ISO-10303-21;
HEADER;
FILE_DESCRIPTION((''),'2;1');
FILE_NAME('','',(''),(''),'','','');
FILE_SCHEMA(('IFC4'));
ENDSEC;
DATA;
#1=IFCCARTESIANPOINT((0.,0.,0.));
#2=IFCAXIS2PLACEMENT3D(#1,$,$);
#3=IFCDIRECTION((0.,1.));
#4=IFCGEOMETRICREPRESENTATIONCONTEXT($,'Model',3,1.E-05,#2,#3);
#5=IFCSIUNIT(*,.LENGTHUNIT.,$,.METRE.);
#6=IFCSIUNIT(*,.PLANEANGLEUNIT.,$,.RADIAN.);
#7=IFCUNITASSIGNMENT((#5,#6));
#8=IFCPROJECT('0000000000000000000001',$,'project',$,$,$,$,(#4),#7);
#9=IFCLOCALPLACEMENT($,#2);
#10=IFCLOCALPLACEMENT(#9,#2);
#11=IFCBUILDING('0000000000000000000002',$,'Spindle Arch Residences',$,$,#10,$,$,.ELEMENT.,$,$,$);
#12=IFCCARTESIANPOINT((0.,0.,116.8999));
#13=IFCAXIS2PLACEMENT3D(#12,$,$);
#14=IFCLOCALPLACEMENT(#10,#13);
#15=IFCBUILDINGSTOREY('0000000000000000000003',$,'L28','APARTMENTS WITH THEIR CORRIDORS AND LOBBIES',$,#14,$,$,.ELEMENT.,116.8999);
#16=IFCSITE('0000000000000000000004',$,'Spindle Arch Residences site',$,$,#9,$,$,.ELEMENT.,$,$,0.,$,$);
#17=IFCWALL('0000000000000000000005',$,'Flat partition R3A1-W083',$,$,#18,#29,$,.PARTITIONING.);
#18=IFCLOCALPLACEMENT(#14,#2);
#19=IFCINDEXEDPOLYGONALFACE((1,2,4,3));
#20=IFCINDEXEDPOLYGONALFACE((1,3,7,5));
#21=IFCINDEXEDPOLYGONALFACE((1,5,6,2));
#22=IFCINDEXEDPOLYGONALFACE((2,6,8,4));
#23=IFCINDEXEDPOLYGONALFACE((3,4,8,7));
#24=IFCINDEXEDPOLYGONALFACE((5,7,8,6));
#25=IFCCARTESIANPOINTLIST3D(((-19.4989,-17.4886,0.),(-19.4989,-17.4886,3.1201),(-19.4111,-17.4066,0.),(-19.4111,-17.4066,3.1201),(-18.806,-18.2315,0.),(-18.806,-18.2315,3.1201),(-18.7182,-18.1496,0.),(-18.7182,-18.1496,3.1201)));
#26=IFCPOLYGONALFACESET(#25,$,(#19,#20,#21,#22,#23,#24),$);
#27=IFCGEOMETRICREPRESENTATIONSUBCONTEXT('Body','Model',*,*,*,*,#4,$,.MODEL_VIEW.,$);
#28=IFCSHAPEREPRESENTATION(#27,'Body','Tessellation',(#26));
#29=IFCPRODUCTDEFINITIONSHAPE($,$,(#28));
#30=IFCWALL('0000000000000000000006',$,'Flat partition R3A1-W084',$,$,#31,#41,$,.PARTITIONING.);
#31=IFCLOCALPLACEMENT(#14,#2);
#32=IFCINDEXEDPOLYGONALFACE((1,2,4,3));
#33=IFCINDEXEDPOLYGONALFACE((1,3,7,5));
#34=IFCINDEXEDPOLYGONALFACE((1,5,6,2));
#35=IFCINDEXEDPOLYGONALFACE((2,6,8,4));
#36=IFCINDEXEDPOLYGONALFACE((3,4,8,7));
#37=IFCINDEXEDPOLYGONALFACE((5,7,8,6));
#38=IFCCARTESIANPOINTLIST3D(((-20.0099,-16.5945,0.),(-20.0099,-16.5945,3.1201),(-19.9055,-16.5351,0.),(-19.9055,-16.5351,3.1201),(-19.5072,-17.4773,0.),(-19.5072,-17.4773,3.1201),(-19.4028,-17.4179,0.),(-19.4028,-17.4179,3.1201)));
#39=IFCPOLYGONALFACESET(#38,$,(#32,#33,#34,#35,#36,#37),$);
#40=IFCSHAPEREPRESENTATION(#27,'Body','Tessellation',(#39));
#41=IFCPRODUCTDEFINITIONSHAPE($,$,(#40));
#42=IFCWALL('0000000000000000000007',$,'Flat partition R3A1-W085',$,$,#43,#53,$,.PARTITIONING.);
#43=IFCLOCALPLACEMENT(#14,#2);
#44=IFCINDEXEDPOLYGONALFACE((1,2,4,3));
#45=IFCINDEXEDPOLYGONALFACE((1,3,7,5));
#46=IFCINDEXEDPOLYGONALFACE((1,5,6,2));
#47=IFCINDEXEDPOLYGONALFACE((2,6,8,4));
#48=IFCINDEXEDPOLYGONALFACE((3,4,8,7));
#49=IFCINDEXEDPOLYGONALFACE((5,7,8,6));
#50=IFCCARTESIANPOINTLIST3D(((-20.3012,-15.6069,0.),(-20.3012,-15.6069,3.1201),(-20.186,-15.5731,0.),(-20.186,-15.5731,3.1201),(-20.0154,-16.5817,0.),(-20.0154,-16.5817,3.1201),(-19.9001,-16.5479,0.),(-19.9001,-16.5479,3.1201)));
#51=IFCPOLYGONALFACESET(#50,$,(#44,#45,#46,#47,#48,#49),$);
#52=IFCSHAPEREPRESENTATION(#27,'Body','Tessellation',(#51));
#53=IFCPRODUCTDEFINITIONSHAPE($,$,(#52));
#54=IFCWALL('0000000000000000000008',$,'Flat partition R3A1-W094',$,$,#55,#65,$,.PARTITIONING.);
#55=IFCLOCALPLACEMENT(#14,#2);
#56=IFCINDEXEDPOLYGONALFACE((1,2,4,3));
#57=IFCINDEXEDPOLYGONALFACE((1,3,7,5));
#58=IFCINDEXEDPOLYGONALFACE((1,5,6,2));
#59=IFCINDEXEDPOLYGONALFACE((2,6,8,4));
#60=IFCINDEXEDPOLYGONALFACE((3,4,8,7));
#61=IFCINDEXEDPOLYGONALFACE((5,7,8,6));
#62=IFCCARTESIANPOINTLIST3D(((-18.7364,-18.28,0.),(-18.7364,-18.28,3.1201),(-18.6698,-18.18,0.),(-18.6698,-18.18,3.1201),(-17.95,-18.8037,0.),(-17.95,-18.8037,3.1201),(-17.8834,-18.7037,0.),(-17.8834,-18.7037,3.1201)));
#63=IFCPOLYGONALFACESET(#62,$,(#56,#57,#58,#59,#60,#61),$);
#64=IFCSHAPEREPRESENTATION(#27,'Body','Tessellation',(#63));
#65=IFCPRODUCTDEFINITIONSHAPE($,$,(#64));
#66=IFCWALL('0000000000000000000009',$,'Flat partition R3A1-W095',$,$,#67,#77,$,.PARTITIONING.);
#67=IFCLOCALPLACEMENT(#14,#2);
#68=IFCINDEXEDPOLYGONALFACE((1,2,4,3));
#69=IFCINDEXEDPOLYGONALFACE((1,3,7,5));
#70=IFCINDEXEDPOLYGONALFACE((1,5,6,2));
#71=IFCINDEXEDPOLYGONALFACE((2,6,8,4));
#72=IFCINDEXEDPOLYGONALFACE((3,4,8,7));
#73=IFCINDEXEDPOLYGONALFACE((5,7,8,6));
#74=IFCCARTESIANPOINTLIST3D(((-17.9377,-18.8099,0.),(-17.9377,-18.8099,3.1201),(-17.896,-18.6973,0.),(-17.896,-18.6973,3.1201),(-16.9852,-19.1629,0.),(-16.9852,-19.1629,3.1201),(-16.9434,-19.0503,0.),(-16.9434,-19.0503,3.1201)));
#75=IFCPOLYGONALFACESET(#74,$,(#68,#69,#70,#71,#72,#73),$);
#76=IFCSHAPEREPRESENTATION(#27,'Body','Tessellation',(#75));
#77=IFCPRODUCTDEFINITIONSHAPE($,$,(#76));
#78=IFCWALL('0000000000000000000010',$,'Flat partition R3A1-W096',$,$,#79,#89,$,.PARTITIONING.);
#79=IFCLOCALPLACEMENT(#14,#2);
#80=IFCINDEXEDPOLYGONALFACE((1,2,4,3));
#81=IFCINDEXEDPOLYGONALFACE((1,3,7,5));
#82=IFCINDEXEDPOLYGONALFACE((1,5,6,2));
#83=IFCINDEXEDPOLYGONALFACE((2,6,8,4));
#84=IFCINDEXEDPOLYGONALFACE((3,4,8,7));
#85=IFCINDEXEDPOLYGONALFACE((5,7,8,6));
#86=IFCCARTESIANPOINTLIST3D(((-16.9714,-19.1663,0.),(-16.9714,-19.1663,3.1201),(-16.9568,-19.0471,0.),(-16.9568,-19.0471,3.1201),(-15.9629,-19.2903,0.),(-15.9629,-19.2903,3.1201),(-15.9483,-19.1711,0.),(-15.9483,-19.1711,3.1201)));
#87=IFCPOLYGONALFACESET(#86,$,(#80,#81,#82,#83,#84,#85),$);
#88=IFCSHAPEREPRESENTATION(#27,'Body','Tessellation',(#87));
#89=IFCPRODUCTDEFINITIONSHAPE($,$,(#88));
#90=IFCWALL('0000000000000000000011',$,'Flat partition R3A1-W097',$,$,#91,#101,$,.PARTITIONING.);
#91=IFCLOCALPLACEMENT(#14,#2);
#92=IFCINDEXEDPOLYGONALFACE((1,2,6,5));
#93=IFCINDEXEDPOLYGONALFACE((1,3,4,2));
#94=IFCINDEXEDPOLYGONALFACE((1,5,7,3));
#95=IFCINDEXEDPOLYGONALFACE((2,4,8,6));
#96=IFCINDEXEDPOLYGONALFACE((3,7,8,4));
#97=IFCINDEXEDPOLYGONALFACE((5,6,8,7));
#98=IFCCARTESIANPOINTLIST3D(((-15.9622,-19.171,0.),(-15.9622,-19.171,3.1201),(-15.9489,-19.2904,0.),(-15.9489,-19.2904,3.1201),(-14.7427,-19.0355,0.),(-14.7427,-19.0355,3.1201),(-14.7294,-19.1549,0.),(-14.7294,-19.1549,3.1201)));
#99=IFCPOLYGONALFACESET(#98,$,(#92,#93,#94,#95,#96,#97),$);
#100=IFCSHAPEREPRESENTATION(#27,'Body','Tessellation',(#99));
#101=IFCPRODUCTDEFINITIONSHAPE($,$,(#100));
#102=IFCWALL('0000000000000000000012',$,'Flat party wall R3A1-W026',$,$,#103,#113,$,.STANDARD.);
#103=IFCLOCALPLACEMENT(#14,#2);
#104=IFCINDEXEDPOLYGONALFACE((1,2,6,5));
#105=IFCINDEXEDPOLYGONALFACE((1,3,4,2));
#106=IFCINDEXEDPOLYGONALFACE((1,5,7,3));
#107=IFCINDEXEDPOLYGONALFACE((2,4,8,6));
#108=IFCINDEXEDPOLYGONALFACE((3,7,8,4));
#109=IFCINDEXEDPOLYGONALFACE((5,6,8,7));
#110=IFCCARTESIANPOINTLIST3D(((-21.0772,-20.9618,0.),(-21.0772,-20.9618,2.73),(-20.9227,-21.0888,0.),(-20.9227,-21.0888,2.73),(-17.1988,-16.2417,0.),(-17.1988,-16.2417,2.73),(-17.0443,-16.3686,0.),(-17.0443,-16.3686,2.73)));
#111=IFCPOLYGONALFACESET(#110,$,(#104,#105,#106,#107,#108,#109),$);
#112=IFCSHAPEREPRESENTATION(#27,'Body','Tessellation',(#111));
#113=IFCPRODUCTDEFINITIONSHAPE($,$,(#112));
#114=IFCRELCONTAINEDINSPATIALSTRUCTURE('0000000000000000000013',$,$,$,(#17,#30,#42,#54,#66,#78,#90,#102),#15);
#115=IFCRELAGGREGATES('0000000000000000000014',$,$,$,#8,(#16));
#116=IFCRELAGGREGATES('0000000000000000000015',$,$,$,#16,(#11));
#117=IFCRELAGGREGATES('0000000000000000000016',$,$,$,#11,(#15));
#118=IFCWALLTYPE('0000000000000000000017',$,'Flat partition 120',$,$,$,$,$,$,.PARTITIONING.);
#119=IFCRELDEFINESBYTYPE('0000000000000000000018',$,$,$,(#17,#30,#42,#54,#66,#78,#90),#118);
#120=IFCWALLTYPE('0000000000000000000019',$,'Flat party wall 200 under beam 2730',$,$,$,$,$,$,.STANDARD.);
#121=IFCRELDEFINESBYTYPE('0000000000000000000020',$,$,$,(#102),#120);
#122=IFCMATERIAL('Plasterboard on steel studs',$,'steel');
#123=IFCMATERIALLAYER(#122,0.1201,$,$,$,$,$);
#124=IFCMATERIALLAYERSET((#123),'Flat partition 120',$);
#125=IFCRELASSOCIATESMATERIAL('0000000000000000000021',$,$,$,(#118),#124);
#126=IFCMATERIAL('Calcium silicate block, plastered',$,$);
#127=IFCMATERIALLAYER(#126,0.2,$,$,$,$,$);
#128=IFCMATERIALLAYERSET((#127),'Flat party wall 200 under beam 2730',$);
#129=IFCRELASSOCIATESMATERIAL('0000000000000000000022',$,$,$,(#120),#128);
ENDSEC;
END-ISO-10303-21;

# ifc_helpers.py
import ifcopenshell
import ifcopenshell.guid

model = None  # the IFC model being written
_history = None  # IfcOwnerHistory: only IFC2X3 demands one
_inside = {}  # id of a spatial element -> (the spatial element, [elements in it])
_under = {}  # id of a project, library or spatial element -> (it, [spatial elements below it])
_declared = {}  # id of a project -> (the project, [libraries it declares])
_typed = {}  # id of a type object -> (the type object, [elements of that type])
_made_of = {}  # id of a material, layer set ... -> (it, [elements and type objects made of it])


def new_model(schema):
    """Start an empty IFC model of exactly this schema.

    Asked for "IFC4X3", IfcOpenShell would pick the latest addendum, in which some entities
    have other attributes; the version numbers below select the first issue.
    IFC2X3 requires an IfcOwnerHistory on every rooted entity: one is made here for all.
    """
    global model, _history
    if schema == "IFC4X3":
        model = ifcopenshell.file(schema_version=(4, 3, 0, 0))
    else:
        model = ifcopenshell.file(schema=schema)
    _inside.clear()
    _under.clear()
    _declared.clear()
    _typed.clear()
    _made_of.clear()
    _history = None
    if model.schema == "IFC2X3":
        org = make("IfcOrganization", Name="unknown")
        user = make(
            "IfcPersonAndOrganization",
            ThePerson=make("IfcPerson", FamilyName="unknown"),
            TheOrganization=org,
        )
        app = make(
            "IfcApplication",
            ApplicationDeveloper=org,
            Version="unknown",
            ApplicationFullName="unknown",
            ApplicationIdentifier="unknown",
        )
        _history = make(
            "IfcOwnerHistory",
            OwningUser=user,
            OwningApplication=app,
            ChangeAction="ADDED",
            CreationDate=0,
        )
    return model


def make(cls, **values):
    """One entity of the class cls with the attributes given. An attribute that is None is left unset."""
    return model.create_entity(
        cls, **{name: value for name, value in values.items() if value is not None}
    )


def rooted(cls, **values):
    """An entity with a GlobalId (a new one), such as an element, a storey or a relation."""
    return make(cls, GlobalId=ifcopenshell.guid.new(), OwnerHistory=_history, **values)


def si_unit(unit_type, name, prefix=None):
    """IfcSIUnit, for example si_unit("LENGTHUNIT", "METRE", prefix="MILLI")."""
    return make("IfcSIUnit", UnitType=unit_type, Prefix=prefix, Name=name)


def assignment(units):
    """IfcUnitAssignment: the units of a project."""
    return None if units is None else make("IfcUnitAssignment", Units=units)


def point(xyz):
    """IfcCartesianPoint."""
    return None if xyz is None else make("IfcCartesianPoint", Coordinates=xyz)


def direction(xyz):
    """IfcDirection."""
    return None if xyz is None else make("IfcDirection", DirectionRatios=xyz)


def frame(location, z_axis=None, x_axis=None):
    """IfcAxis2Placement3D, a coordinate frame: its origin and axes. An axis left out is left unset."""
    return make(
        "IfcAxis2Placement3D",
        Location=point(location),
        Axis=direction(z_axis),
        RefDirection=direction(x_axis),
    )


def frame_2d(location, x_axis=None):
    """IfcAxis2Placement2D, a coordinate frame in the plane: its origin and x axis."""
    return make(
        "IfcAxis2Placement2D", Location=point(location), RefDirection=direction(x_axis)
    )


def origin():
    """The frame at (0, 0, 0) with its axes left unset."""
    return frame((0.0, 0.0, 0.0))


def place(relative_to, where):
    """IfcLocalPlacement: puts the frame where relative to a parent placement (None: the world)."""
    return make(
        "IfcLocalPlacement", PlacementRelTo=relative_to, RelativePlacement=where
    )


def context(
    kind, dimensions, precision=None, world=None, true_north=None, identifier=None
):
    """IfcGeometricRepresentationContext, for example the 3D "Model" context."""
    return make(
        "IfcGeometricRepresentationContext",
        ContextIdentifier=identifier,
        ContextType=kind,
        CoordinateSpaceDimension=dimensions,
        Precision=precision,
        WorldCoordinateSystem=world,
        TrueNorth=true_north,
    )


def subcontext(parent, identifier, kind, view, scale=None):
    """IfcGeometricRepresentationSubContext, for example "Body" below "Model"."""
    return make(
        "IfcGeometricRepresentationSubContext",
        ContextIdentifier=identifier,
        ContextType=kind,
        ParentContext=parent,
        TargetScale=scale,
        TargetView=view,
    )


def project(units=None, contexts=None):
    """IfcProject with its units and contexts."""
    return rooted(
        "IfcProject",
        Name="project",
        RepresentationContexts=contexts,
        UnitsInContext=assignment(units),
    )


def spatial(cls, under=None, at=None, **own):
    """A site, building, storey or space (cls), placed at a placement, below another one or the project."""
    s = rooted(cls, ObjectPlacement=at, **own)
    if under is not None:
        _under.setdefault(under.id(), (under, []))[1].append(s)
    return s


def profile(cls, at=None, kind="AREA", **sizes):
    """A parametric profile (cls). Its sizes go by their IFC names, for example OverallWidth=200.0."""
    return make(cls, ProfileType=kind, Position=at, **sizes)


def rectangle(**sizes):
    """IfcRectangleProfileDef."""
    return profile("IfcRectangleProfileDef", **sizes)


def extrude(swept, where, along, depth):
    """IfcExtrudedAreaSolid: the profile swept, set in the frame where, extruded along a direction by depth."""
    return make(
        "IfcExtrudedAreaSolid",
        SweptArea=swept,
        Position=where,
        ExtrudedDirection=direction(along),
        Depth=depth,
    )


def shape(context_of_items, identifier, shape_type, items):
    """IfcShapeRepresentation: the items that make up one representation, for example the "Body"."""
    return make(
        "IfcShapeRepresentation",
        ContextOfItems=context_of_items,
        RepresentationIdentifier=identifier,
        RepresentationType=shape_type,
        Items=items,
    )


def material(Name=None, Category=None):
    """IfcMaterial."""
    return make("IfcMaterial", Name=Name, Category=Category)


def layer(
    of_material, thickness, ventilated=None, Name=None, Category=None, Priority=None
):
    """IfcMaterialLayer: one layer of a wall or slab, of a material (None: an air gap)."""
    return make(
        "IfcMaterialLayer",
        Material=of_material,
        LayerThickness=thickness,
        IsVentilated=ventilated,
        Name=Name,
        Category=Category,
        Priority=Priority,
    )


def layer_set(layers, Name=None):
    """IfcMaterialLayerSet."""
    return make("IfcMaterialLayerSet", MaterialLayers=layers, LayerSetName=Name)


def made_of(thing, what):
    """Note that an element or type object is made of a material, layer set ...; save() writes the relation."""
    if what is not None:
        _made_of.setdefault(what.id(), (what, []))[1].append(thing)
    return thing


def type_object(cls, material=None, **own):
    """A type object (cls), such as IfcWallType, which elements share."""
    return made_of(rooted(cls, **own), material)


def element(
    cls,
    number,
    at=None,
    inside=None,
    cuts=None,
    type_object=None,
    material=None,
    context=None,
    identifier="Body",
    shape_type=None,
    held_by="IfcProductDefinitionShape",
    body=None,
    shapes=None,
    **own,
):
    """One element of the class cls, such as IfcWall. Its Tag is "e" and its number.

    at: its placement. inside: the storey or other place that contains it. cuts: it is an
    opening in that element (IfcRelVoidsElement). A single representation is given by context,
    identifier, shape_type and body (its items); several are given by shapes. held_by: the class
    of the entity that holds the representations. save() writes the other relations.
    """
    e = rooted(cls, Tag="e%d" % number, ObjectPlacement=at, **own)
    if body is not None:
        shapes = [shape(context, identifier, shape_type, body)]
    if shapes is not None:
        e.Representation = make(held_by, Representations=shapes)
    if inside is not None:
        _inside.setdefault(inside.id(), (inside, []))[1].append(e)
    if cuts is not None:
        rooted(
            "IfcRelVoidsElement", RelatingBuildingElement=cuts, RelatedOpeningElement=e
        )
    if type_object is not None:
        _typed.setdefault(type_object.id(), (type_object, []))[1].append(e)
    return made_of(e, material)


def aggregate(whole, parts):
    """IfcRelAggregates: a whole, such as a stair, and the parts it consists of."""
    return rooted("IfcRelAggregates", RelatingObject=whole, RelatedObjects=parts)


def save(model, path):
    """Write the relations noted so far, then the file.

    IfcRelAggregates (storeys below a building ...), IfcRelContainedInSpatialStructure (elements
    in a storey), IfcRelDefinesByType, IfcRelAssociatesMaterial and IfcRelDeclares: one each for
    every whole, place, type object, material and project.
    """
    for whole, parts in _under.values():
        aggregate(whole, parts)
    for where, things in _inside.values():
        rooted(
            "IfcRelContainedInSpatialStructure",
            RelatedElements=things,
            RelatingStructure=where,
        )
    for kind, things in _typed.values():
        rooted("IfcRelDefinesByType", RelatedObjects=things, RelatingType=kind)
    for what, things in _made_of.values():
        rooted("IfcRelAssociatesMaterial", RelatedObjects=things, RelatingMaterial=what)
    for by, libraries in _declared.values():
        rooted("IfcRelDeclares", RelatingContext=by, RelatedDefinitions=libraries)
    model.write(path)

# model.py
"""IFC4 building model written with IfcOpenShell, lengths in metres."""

from ifc_helpers import new_model, si_unit, direction, frame, frame_2d, origin, place, context, subcontext, project, spatial, rectangle, extrude, material, layer, layer_set, type_object, element, save


model = new_model("IFC4")

# Units and contexts
model_context = context("Model", 3, precision=1e-05, world=origin(), true_north=direction((0.0, 1.0)))
body_context = subcontext(model_context, "Body", "Model", "MODEL_VIEW")
ifc_project = project(units=[si_unit("LENGTHUNIT", "METRE"), si_unit("PLANEANGLEUNIT", "RADIAN")], contexts=[model_context])

# Site, building, storey
site_placement = place(None, origin())
site = spatial("IfcSite", under=ifc_project, at=site_placement, Name="Spindle Arch Residences site", CompositionType="ELEMENT", RefElevation=0.0)
building_placement = place(site_placement, origin())
building = spatial("IfcBuilding", under=site, at=building_placement, Name="Spindle Arch Residences", CompositionType="ELEMENT")
storey_placement = place(building_placement, frame((0.0, 0.0, 116.8999)))
storey = spatial("IfcBuildingStorey", under=building, at=storey_placement, Name="L28", Description="APARTMENTS WITH THEIR CORRIDORS AND LOBBIES", CompositionType="ELEMENT", Elevation=116.8999)

# Walls
ifc_material_1 = material(Name="Plasterboard on steel studs", Category="steel")
ifc_layer_1 = layer(ifc_material_1, 0.1201)
ifc_layer_set_1 = layer_set([ifc_layer_1], Name="Flat partition 120")
wall_type_1 = type_object("IfcWallType", Name="Flat partition 120", PredefinedType="PARTITIONING", material=ifc_layer_set_1)
for number, where, z_axis, x_axis, name in (
    (1, (-18.7622, -18.1904, 0.0), (0.0, 0.0, 1.0), (-0.682044, 0.731311, 0.0), "Flat partition R3A1-W083"),
    (2, (-19.4551, -17.4475, 0.0), (0.0, 0.0, 1.0), (-0.494818, 0.868996, 0.0), "Flat partition R3A1-W084"),
    (3, (-19.9578, -16.5647, 0.0), (0.0, 0.0, 1.0), (-0.281412, 0.959587, 0.0), "Flat partition R3A1-W085"),
):
    element("IfcWall", number, at=place(storey_placement, frame(where, z_axis=z_axis, x_axis=x_axis)), inside=storey, type_object=wall_type_1, Name=name, PredefinedType="PARTITIONING", context=body_context, shape_type="SweptSolid", body=[
        extrude(rectangle(XDim=1.0159, YDim=0.1201, at=frame_2d((0.5078, 0.0))), origin(), (0.0, 0.0, 1.0), 3.1201),
    ])
wall_1_placement = place(storey_placement, frame((-18.7031, -18.23, 0.0), z_axis=(0.0, 0.0, 1.0), x_axis=(0.832328, -0.554283, 0.0)))
element("IfcWall", 4, at=wall_1_placement, inside=storey, type_object=wall_type_1, Name="Flat partition R3A1-W094", PredefinedType="PARTITIONING", context=body_context, shape_type="SweptSolid", body=[
    extrude(rectangle(XDim=0.9448, YDim=0.1201, at=frame_2d((0.4724, 0.0))), origin(), (0.0, 0.0, 1.0), 3.1201),
])
wall_2_placement = place(storey_placement, frame((-17.9167, -18.7537, 0.0), z_axis=(0.0, 0.0, 1.0), x_axis=(0.937685, -0.347487, 0.0)))
element("IfcWall", 5, at=wall_2_placement, inside=storey, type_object=wall_type_1, Name="Flat partition R3A1-W095", PredefinedType="PARTITIONING", context=body_context, shape_type="SweptSolid", body=[
    extrude(rectangle(XDim=1.0159, YDim=0.1201, at=frame_2d((0.5078, 0.0))), origin(), (0.0, 0.0, 1.0), 3.1201),
])
wall_3_placement = place(storey_placement, frame((-16.9641, -19.1067, 0.0), z_axis=(0.0, 0.0, 1.0), x_axis=(0.992524, -0.122053, 0.0)))
element("IfcWall", 6, at=wall_3_placement, inside=storey, type_object=wall_type_1, Name="Flat partition R3A1-W096", PredefinedType="PARTITIONING", context=body_context, shape_type="SweptSolid", body=[
    extrude(rectangle(XDim=1.0161, YDim=0.1201, at=frame_2d((0.5081, 0.0))), origin(), (0.0, 0.0, 1.0), 3.1201),
])
wall_4_placement = place(storey_placement, frame((-15.9556, -19.2307, 0.0), z_axis=(0.0, 0.0, 1.0), x_axis=(0.993884, 0.110432, 0.0)))
element("IfcWall", 7, at=wall_4_placement, inside=storey, type_object=wall_type_1, Name="Flat partition R3A1-W097", PredefinedType="PARTITIONING", context=body_context, shape_type="SweptSolid", body=[
    extrude(rectangle(XDim=1.2271, YDim=0.1201, at=frame_2d((0.6135, 0.0))), origin(), (0.0, 0.0, 1.0), 3.1201),
])
ifc_material_2 = material(Name="Calcium silicate block, plastered")
ifc_layer_2 = layer(ifc_material_2, 0.2)
ifc_layer_set_2 = layer_set([ifc_layer_2], Name="Flat party wall 200 under beam 2730")
wall_type_2 = type_object("IfcWallType", Name="Flat party wall 200 under beam 2730", PredefinedType="STANDARD", material=ifc_layer_set_2)
wall_5_placement = place(storey_placement, frame((-21.0, -21.0254, 0.0), z_axis=(0.0, 0.0, 1.0), x_axis=(0.634847, 0.772638, 0.0)))
element("IfcWall", 8, at=wall_5_placement, inside=storey, type_object=wall_type_2, Name="Flat party wall R3A1-W026", PredefinedType="STANDARD", context=body_context, shape_type="SweptSolid", body=[
    extrude(rectangle(XDim=6.1091, YDim=0.2, at=frame_2d((3.0547, 0.0))), origin(), (0.0, 0.0, 1.0), 2.73),
])

save(model, "model.ifc")
